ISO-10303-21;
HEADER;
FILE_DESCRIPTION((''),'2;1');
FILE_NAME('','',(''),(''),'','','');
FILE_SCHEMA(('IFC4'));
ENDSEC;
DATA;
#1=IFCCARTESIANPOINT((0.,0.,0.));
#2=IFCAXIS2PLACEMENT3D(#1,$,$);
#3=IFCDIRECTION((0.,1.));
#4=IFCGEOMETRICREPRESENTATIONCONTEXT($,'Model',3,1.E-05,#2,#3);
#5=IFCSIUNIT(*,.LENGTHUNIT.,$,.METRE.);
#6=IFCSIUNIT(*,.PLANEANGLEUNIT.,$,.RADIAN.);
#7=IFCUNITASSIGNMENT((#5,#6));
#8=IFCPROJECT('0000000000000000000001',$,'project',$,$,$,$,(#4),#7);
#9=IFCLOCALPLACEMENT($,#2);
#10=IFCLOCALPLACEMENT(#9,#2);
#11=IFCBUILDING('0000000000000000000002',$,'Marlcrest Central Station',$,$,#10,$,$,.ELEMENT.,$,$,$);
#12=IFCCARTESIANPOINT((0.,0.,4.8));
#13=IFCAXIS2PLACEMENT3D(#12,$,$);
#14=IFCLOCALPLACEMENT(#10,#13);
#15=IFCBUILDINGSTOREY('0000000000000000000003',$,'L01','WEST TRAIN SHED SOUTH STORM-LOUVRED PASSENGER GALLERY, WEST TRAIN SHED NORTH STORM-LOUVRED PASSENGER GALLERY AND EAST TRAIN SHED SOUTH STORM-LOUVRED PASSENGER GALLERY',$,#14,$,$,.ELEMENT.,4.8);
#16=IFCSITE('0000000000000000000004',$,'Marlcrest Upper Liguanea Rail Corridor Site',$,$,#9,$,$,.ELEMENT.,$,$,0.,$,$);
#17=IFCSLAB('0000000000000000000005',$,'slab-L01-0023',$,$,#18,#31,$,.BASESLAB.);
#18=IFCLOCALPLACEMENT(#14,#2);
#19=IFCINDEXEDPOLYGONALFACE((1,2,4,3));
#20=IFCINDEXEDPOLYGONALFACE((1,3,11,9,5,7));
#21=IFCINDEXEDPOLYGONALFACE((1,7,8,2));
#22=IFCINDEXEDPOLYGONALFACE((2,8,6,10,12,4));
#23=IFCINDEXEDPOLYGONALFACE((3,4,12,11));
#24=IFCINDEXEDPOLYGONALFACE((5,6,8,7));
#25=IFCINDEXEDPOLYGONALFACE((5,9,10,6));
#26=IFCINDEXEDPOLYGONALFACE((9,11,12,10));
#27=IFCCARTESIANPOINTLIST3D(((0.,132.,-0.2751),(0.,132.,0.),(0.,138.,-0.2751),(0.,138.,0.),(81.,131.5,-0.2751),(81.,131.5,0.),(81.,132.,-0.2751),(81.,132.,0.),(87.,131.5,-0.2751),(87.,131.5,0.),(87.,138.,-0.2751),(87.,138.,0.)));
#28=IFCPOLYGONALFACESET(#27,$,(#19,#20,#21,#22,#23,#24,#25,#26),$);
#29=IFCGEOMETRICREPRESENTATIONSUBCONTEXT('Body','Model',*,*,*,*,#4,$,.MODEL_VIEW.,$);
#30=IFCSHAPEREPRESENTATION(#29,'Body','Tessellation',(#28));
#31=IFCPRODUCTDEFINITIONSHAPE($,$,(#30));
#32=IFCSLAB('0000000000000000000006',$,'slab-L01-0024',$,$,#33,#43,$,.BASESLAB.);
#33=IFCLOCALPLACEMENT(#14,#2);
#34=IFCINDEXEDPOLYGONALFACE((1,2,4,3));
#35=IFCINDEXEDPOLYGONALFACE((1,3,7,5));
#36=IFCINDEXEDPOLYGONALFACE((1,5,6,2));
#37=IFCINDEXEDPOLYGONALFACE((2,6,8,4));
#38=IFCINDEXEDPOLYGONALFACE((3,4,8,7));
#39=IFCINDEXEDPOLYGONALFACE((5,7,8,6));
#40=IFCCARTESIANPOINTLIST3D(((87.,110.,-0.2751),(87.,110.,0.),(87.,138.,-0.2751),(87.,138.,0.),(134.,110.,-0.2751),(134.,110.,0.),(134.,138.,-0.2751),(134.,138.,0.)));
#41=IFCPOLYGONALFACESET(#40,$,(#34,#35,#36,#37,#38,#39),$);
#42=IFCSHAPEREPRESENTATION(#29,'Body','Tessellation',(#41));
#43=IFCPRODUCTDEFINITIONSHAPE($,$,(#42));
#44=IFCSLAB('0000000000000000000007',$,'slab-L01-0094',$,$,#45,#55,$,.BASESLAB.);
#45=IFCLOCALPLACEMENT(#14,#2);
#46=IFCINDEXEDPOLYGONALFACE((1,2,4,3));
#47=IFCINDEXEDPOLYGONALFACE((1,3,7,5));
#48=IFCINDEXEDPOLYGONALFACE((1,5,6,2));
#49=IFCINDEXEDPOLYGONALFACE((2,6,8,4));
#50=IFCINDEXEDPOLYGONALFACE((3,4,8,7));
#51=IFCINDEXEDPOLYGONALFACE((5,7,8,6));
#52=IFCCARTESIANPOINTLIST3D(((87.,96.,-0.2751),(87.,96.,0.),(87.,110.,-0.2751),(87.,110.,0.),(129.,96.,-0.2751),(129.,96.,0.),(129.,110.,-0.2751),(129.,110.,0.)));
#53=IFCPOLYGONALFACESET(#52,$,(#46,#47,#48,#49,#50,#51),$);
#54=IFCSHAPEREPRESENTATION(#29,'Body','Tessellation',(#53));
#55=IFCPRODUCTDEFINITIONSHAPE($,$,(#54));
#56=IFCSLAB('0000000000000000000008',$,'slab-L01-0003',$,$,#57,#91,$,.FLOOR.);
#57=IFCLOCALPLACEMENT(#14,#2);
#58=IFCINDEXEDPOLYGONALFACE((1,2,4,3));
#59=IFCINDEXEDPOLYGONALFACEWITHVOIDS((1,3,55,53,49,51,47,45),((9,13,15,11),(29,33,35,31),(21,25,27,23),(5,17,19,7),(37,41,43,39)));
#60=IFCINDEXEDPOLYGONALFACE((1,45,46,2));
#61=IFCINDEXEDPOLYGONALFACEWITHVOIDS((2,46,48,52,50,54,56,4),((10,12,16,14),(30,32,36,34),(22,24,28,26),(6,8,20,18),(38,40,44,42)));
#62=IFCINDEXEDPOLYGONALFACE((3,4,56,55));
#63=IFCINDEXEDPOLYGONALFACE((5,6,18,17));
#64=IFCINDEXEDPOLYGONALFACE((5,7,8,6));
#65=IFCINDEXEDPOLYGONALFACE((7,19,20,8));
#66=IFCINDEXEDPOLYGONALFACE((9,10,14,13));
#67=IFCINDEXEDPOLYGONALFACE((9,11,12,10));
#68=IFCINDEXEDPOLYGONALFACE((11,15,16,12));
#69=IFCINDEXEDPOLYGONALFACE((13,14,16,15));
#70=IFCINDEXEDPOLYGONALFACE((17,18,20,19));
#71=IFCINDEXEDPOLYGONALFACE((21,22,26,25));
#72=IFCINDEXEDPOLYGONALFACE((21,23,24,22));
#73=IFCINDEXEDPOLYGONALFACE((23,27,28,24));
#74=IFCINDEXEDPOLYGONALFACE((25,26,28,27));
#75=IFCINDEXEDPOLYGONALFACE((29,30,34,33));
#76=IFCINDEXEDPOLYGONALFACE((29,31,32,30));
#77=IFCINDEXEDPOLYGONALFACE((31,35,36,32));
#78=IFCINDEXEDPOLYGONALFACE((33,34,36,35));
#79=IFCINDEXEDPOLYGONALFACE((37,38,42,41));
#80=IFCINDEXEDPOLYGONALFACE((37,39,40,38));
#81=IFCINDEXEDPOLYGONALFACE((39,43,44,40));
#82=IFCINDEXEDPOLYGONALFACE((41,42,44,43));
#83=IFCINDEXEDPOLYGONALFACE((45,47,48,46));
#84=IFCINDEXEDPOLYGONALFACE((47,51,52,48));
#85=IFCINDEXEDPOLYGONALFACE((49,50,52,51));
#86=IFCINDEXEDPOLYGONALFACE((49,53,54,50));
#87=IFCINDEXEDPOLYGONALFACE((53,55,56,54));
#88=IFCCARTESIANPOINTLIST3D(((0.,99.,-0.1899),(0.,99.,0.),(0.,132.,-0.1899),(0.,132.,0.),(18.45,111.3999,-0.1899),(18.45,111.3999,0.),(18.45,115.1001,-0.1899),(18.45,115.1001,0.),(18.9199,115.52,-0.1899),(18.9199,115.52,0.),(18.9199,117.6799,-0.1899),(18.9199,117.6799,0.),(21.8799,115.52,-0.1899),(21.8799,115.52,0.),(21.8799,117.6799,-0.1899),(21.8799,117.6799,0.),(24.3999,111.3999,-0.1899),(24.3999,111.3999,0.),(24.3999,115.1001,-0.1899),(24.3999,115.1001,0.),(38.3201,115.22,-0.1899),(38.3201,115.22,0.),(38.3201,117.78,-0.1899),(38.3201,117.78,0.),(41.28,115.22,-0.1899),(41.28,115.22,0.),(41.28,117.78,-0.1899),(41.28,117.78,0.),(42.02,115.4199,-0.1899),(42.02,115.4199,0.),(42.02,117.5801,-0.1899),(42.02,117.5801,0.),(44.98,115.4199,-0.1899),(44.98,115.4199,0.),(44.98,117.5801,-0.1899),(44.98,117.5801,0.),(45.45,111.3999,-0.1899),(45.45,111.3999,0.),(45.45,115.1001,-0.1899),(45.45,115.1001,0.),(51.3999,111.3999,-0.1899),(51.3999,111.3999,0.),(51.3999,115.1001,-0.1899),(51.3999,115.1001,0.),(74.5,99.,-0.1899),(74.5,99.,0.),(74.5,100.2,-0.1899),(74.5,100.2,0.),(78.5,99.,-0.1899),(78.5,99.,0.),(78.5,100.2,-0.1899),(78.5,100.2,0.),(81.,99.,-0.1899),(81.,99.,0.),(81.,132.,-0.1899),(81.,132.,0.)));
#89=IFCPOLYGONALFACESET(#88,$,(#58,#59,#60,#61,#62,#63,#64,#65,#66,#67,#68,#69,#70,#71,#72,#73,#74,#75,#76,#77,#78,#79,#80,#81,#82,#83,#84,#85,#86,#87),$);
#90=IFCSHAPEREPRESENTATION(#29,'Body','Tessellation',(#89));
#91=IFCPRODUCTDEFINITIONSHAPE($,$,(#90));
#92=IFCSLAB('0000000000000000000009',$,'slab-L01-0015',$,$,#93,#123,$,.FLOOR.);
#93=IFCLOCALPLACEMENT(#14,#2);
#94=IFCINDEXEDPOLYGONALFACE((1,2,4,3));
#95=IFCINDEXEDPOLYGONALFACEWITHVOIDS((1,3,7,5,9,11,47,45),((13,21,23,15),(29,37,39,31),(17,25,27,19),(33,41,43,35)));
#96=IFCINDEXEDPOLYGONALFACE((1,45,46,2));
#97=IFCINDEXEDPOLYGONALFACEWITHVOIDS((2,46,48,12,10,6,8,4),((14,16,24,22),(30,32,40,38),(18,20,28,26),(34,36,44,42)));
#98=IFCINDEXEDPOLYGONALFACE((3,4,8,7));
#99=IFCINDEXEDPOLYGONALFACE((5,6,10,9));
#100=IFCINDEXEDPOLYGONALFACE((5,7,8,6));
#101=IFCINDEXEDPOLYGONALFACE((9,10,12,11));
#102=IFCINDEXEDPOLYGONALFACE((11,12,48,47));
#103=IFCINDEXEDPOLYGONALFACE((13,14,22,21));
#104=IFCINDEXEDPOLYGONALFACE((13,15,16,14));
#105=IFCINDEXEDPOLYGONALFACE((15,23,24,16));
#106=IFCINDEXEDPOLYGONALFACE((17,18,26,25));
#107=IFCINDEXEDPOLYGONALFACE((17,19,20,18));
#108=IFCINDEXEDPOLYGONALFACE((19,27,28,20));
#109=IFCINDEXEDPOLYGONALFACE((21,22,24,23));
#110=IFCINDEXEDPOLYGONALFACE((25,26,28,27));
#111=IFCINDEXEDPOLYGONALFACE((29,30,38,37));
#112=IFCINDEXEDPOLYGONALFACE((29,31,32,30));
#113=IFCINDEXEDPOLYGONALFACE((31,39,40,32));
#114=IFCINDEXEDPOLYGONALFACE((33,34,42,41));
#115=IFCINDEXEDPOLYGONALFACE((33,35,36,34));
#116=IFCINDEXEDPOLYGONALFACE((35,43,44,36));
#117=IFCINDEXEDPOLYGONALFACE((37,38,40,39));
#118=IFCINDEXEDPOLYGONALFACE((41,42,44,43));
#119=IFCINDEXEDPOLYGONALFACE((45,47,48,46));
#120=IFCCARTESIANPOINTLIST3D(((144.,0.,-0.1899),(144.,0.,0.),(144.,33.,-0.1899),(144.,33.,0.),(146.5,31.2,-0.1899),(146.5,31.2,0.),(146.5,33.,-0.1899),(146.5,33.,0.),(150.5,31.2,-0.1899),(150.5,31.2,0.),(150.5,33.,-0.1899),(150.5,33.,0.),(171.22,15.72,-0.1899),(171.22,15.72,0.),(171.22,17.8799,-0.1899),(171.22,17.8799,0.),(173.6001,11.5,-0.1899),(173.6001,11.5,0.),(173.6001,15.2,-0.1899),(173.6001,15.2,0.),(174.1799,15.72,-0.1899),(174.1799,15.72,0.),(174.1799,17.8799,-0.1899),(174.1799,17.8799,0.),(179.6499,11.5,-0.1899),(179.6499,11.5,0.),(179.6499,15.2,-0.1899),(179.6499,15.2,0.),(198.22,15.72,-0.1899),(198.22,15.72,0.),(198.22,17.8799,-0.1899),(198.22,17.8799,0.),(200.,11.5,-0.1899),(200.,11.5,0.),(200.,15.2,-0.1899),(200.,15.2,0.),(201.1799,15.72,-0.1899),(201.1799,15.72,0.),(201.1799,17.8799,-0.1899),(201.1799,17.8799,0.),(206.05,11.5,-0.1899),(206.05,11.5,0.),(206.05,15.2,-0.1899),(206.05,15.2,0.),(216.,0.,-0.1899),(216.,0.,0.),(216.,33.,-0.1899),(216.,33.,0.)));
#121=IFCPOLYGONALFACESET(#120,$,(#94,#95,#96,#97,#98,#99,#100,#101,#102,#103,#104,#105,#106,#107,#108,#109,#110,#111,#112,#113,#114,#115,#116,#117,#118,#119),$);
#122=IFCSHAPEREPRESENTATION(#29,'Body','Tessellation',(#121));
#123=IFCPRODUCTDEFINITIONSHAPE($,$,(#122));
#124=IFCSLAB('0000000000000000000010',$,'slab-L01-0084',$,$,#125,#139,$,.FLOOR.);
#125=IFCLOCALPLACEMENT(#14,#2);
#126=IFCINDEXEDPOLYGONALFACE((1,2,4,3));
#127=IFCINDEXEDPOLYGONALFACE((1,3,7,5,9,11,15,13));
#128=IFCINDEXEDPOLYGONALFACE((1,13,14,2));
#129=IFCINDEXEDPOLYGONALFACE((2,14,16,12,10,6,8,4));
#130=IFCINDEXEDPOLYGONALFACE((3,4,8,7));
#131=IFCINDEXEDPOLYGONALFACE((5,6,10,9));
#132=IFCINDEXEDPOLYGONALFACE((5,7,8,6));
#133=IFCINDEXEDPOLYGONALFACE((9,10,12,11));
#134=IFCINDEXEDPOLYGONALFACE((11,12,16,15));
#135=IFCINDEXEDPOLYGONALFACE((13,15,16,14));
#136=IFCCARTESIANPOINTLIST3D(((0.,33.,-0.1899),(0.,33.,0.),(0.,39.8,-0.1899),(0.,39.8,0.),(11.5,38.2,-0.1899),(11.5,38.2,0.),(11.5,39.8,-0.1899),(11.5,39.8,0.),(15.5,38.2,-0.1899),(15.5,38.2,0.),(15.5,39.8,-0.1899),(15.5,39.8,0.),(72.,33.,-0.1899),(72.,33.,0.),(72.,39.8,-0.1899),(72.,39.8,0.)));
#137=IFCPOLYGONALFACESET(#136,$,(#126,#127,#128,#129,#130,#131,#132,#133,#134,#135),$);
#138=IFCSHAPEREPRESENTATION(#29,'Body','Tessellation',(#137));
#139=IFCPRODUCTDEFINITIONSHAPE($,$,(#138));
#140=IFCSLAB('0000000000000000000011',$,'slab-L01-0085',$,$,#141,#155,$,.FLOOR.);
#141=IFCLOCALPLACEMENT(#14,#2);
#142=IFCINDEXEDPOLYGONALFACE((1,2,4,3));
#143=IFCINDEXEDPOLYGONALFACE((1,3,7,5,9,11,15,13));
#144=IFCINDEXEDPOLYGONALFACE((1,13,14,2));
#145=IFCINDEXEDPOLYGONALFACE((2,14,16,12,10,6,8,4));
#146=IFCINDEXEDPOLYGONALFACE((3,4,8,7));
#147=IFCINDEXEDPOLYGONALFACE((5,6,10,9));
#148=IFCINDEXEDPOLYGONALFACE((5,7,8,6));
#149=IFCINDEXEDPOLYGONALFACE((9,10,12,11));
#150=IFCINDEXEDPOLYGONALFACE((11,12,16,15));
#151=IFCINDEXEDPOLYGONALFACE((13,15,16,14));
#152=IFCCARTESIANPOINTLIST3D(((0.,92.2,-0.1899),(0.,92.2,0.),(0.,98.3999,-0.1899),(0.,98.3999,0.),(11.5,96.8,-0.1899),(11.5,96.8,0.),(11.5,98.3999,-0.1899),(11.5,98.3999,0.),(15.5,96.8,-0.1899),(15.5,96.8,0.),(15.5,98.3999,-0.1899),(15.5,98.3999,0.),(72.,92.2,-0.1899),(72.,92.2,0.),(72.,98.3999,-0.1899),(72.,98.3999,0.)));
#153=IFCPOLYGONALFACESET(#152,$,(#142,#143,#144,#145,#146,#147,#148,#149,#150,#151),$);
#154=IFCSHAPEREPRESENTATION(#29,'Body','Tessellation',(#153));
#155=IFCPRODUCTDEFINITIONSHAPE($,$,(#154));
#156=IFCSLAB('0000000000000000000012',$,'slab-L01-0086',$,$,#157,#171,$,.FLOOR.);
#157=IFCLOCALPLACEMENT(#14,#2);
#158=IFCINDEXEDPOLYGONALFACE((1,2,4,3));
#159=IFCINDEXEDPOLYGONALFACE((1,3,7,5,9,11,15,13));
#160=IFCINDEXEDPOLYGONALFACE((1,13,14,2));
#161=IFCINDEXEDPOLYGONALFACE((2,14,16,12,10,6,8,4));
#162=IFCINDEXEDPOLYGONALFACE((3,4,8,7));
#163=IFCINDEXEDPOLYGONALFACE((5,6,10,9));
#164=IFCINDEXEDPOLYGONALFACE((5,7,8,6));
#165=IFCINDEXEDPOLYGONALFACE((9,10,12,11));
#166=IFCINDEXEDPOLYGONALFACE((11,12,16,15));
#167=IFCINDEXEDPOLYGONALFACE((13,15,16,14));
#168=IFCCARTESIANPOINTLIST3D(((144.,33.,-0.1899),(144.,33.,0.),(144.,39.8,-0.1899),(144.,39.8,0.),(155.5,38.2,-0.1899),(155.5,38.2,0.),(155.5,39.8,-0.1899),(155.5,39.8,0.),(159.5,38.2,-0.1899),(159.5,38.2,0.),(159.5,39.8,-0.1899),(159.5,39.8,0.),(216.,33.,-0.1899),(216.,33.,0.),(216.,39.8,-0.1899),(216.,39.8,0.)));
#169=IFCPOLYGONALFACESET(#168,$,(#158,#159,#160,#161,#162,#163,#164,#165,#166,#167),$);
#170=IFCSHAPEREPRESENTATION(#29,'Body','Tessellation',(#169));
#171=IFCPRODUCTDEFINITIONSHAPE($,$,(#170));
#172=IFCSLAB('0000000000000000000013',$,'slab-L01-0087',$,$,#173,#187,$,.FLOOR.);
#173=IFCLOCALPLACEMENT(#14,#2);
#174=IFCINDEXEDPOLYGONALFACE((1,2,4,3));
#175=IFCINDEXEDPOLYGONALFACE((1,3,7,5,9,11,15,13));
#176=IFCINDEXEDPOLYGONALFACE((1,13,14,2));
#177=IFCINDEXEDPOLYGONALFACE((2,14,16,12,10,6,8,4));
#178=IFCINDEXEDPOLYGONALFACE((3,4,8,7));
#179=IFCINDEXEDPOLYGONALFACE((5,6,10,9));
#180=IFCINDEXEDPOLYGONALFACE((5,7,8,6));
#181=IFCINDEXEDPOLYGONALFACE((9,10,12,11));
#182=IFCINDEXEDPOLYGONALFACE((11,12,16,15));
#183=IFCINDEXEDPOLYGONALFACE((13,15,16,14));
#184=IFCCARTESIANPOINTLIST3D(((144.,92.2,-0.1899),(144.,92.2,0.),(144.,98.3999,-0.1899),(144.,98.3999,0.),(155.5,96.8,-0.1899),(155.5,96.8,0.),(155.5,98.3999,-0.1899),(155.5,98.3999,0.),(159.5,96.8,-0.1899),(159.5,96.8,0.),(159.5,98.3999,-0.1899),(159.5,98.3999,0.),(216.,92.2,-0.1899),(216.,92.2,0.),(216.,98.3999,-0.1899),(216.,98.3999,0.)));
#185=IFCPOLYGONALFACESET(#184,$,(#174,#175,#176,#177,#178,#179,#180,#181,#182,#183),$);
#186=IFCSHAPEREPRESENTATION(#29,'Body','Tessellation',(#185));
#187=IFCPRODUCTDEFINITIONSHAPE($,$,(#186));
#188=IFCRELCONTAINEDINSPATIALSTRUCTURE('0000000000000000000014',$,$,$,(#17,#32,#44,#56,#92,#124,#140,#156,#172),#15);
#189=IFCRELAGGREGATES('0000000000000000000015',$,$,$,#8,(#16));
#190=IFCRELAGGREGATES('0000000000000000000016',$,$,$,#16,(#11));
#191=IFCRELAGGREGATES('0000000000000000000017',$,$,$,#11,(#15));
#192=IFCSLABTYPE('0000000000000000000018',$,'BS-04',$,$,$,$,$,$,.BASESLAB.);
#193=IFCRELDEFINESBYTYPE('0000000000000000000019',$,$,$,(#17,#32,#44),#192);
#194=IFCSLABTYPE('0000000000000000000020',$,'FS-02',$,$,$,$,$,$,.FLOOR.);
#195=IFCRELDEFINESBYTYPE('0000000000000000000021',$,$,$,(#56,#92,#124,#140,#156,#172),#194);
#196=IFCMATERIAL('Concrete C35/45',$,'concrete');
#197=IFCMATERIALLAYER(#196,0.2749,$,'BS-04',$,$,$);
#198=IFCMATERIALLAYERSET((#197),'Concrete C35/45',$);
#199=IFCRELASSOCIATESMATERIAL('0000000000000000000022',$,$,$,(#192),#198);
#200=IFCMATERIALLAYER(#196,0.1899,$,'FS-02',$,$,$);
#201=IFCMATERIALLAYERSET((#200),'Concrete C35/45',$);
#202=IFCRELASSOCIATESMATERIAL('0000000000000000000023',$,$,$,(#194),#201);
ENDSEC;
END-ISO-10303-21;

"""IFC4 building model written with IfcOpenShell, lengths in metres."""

from ifc_helpers import new_model, si_unit, direction, frame, origin, place, context, subcontext, project, spatial, polyline, outline, extrude, material, layer, layer_set, type_object, element, save


model = new_model("IFC4")

# Units and contexts
model_context = context("Model", 3, precision=1e-05, world=origin(), true_north=direction((0.0, 1.0)))
body_context = subcontext(model_context, "Body", "Model", "MODEL_VIEW")
ifc_project = project(units=[si_unit("LENGTHUNIT", "METRE"), si_unit("PLANEANGLEUNIT", "RADIAN")], contexts=[model_context])

# Site, building, storey
site_placement = place(None, origin())
site = spatial("IfcSite", under=ifc_project, at=site_placement, Name="Marlcrest Upper Liguanea Rail Corridor Site", CompositionType="ELEMENT", RefElevation=0.0)
building_placement = place(site_placement, origin())
building = spatial("IfcBuilding", under=site, at=building_placement, Name="Marlcrest Central Station", CompositionType="ELEMENT")
storey_placement = place(building_placement, frame((0.0, 0.0, 4.8)))
storey = spatial("IfcBuildingStorey", under=building, at=storey_placement, Name="L01", Description="WEST TRAIN SHED SOUTH STORM-LOUVRED PASSENGER GALLERY, WEST TRAIN SHED NORTH STORM-LOUVRED PASSENGER GALLERY AND EAST TRAIN SHED SOUTH STORM-LOUVRED PASSENGER GALLERY", CompositionType="ELEMENT", Elevation=4.8)

# Slabs
ifc_material = material(Name="Concrete C35/45", Category="concrete")
ifc_layer_1 = layer(ifc_material, 0.2749, Name="BS-04")
ifc_layer_set_1 = layer_set([ifc_layer_1], Name="Concrete C35/45")
slab_type_1 = type_object("IfcSlabType", Name="BS-04", PredefinedType="BASESLAB", material=ifc_layer_set_1)
slab_1_placement = place(storey_placement, frame((0.0, 0.0, -0.2751)))
element("IfcSlab", 1, at=slab_1_placement, inside=storey, type_object=slab_type_1, Name="slab-L01-0023", PredefinedType="BASESLAB", context=body_context, shape_type="SweptSolid", body=[
    extrude(outline(polyline([(0.0, 138.0), (87.0, 138.0), (87.0, 131.5), (81.0, 131.5), (81.0, 132.0), (0.0, 132.0), (0.0, 138.0)])), origin(), (0.0, 0.0, 1.0), 0.2751),
])
slab_2_placement = place(storey_placement, frame((0.0, 0.0, -0.2751)))
element("IfcSlab", 2, at=slab_2_placement, inside=storey, type_object=slab_type_1, Name="slab-L01-0024", PredefinedType="BASESLAB", context=body_context, shape_type="SweptSolid", body=[
    extrude(outline(polyline([(134.0, 138.0), (134.0, 110.0), (87.0, 110.0), (87.0, 138.0), (134.0, 138.0)])), origin(), (0.0, 0.0, 1.0), 0.2751),
])
slab_3_placement = place(storey_placement, frame((0.0, 0.0, -0.2751)))
element("IfcSlab", 3, at=slab_3_placement, inside=storey, type_object=slab_type_1, Name="slab-L01-0094", PredefinedType="BASESLAB", context=body_context, shape_type="SweptSolid", body=[
    extrude(outline(polyline([(87.0, 96.0), (87.0, 110.0), (129.0, 110.0), (129.0, 96.0), (87.0, 96.0)])), origin(), (0.0, 0.0, 1.0), 0.2751),
])
ifc_layer_2 = layer(ifc_material, 0.1899, Name="FS-02")
ifc_layer_set_2 = layer_set([ifc_layer_2], Name="Concrete C35/45")
slab_type_2 = type_object("IfcSlabType", Name="FS-02", PredefinedType="FLOOR", material=ifc_layer_set_2)
slab_4_placement = place(storey_placement, frame((0.0, 0.0, -0.1899)))
element("IfcSlab", 4, at=slab_4_placement, inside=storey, type_object=slab_type_2, Name="slab-L01-0003", PredefinedType="FLOOR", context=body_context, shape_type="SweptSolid", body=[
    extrude(outline(polyline([(0.0, 99.0), (74.5, 99.0), (74.5, 100.2), (78.5, 100.2), (78.5, 99.0), (81.0, 99.0), (81.0, 132.0), (0.0, 132.0), (0.0, 99.0)]), holes=[polyline([(18.45, 111.3999), (24.3999, 111.3999), (24.3999, 115.1001), (18.45, 115.1001), (18.45, 111.3999)]), polyline([(18.9199, 115.52), (21.8799, 115.52), (21.8799, 117.6799), (18.9199, 117.6799), (18.9199, 115.52)]), polyline([(45.45, 111.3999), (51.3999, 111.3999), (51.3999, 115.1001), (45.45, 115.1001), (45.45, 111.3999)]), polyline([(42.02, 115.4199), (44.98, 115.4199), (44.98, 117.5801), (42.02, 117.5801), (42.02, 115.4199)]), polyline([(38.3201, 115.22), (41.28, 115.22), (41.28, 117.78), (38.3201, 117.78), (38.3201, 115.22)])]), origin(), (0.0, 0.0, 1.0), 0.1899),
])
slab_5_placement = place(storey_placement, frame((0.0, 0.0, -0.1899)))
element("IfcSlab", 5, at=slab_5_placement, inside=storey, type_object=slab_type_2, Name="slab-L01-0015", PredefinedType="FLOOR", context=body_context, shape_type="SweptSolid", body=[
    extrude(outline(polyline([(144.0, 0.0), (216.0, 0.0), (216.0, 33.0), (150.5, 33.0), (150.5, 31.2), (146.5, 31.2), (146.5, 33.0), (144.0, 33.0), (144.0, 0.0)]), holes=[polyline([(173.6001, 11.5), (179.6499, 11.5), (179.6499, 15.2), (173.6001, 15.2), (173.6001, 11.5)]), polyline([(171.22, 15.72), (174.1799, 15.72), (174.1799, 17.8799), (171.22, 17.8799), (171.22, 15.72)]), polyline([(200.0, 11.5), (206.05, 11.5), (206.05, 15.2), (200.0, 15.2), (200.0, 11.5)]), polyline([(198.22, 15.72), (201.1799, 15.72), (201.1799, 17.8799), (198.22, 17.8799), (198.22, 15.72)])]), origin(), (0.0, 0.0, 1.0), 0.1899),
])
slab_6_placement = place(storey_placement, frame((0.0, 0.0, -0.1899)))
element("IfcSlab", 6, at=slab_6_placement, inside=storey, type_object=slab_type_2, Name="slab-L01-0084", PredefinedType="FLOOR", context=body_context, shape_type="SweptSolid", body=[
    extrude(outline(polyline([(0.0, 33.0), (72.0, 33.0), (72.0, 39.8), (15.5, 39.8), (15.5, 38.2), (11.5, 38.2), (11.5, 39.8), (0.0, 39.8), (0.0, 33.0)])), origin(), (0.0, 0.0, 1.0), 0.1899),
])
slab_7_placement = place(storey_placement, frame((0.0, 0.0, -0.1899)))
element("IfcSlab", 7, at=slab_7_placement, inside=storey, type_object=slab_type_2, Name="slab-L01-0085", PredefinedType="FLOOR", context=body_context, shape_type="SweptSolid", body=[
    extrude(outline(polyline([(0.0, 92.2), (72.0, 92.2), (72.0, 98.3999), (15.5, 98.3999), (15.5, 96.8), (11.5, 96.8), (11.5, 98.3999), (0.0, 98.3999), (0.0, 92.2)])), origin(), (0.0, 0.0, 1.0), 0.1899),
])
slab_8_placement = place(storey_placement, frame((0.0, 0.0, -0.1899)))
element("IfcSlab", 8, at=slab_8_placement, inside=storey, type_object=slab_type_2, Name="slab-L01-0086", PredefinedType="FLOOR", context=body_context, shape_type="SweptSolid", body=[
    extrude(outline(polyline([(144.0, 33.0), (144.0, 39.8), (155.5, 39.8), (155.5, 38.2), (159.5, 38.2), (159.5, 39.8), (216.0, 39.8), (216.0, 33.0), (144.0, 33.0)])), origin(), (0.0, 0.0, 1.0), 0.1899),
])
slab_9_placement = place(storey_placement, frame((0.0, 0.0, -0.1899)))
element("IfcSlab", 9, at=slab_9_placement, inside=storey, type_object=slab_type_2, Name="slab-L01-0087", PredefinedType="FLOOR", context=body_context, shape_type="SweptSolid", body=[
    extrude(outline(polyline([(144.0, 92.2), (216.0, 92.2), (216.0, 98.3999), (159.5, 98.3999), (159.5, 96.8), (155.5, 96.8), (155.5, 98.3999), (144.0, 98.3999), (144.0, 92.2)])), origin(), (0.0, 0.0, 1.0), 0.1899),
])

save(model, "model.ifc")
